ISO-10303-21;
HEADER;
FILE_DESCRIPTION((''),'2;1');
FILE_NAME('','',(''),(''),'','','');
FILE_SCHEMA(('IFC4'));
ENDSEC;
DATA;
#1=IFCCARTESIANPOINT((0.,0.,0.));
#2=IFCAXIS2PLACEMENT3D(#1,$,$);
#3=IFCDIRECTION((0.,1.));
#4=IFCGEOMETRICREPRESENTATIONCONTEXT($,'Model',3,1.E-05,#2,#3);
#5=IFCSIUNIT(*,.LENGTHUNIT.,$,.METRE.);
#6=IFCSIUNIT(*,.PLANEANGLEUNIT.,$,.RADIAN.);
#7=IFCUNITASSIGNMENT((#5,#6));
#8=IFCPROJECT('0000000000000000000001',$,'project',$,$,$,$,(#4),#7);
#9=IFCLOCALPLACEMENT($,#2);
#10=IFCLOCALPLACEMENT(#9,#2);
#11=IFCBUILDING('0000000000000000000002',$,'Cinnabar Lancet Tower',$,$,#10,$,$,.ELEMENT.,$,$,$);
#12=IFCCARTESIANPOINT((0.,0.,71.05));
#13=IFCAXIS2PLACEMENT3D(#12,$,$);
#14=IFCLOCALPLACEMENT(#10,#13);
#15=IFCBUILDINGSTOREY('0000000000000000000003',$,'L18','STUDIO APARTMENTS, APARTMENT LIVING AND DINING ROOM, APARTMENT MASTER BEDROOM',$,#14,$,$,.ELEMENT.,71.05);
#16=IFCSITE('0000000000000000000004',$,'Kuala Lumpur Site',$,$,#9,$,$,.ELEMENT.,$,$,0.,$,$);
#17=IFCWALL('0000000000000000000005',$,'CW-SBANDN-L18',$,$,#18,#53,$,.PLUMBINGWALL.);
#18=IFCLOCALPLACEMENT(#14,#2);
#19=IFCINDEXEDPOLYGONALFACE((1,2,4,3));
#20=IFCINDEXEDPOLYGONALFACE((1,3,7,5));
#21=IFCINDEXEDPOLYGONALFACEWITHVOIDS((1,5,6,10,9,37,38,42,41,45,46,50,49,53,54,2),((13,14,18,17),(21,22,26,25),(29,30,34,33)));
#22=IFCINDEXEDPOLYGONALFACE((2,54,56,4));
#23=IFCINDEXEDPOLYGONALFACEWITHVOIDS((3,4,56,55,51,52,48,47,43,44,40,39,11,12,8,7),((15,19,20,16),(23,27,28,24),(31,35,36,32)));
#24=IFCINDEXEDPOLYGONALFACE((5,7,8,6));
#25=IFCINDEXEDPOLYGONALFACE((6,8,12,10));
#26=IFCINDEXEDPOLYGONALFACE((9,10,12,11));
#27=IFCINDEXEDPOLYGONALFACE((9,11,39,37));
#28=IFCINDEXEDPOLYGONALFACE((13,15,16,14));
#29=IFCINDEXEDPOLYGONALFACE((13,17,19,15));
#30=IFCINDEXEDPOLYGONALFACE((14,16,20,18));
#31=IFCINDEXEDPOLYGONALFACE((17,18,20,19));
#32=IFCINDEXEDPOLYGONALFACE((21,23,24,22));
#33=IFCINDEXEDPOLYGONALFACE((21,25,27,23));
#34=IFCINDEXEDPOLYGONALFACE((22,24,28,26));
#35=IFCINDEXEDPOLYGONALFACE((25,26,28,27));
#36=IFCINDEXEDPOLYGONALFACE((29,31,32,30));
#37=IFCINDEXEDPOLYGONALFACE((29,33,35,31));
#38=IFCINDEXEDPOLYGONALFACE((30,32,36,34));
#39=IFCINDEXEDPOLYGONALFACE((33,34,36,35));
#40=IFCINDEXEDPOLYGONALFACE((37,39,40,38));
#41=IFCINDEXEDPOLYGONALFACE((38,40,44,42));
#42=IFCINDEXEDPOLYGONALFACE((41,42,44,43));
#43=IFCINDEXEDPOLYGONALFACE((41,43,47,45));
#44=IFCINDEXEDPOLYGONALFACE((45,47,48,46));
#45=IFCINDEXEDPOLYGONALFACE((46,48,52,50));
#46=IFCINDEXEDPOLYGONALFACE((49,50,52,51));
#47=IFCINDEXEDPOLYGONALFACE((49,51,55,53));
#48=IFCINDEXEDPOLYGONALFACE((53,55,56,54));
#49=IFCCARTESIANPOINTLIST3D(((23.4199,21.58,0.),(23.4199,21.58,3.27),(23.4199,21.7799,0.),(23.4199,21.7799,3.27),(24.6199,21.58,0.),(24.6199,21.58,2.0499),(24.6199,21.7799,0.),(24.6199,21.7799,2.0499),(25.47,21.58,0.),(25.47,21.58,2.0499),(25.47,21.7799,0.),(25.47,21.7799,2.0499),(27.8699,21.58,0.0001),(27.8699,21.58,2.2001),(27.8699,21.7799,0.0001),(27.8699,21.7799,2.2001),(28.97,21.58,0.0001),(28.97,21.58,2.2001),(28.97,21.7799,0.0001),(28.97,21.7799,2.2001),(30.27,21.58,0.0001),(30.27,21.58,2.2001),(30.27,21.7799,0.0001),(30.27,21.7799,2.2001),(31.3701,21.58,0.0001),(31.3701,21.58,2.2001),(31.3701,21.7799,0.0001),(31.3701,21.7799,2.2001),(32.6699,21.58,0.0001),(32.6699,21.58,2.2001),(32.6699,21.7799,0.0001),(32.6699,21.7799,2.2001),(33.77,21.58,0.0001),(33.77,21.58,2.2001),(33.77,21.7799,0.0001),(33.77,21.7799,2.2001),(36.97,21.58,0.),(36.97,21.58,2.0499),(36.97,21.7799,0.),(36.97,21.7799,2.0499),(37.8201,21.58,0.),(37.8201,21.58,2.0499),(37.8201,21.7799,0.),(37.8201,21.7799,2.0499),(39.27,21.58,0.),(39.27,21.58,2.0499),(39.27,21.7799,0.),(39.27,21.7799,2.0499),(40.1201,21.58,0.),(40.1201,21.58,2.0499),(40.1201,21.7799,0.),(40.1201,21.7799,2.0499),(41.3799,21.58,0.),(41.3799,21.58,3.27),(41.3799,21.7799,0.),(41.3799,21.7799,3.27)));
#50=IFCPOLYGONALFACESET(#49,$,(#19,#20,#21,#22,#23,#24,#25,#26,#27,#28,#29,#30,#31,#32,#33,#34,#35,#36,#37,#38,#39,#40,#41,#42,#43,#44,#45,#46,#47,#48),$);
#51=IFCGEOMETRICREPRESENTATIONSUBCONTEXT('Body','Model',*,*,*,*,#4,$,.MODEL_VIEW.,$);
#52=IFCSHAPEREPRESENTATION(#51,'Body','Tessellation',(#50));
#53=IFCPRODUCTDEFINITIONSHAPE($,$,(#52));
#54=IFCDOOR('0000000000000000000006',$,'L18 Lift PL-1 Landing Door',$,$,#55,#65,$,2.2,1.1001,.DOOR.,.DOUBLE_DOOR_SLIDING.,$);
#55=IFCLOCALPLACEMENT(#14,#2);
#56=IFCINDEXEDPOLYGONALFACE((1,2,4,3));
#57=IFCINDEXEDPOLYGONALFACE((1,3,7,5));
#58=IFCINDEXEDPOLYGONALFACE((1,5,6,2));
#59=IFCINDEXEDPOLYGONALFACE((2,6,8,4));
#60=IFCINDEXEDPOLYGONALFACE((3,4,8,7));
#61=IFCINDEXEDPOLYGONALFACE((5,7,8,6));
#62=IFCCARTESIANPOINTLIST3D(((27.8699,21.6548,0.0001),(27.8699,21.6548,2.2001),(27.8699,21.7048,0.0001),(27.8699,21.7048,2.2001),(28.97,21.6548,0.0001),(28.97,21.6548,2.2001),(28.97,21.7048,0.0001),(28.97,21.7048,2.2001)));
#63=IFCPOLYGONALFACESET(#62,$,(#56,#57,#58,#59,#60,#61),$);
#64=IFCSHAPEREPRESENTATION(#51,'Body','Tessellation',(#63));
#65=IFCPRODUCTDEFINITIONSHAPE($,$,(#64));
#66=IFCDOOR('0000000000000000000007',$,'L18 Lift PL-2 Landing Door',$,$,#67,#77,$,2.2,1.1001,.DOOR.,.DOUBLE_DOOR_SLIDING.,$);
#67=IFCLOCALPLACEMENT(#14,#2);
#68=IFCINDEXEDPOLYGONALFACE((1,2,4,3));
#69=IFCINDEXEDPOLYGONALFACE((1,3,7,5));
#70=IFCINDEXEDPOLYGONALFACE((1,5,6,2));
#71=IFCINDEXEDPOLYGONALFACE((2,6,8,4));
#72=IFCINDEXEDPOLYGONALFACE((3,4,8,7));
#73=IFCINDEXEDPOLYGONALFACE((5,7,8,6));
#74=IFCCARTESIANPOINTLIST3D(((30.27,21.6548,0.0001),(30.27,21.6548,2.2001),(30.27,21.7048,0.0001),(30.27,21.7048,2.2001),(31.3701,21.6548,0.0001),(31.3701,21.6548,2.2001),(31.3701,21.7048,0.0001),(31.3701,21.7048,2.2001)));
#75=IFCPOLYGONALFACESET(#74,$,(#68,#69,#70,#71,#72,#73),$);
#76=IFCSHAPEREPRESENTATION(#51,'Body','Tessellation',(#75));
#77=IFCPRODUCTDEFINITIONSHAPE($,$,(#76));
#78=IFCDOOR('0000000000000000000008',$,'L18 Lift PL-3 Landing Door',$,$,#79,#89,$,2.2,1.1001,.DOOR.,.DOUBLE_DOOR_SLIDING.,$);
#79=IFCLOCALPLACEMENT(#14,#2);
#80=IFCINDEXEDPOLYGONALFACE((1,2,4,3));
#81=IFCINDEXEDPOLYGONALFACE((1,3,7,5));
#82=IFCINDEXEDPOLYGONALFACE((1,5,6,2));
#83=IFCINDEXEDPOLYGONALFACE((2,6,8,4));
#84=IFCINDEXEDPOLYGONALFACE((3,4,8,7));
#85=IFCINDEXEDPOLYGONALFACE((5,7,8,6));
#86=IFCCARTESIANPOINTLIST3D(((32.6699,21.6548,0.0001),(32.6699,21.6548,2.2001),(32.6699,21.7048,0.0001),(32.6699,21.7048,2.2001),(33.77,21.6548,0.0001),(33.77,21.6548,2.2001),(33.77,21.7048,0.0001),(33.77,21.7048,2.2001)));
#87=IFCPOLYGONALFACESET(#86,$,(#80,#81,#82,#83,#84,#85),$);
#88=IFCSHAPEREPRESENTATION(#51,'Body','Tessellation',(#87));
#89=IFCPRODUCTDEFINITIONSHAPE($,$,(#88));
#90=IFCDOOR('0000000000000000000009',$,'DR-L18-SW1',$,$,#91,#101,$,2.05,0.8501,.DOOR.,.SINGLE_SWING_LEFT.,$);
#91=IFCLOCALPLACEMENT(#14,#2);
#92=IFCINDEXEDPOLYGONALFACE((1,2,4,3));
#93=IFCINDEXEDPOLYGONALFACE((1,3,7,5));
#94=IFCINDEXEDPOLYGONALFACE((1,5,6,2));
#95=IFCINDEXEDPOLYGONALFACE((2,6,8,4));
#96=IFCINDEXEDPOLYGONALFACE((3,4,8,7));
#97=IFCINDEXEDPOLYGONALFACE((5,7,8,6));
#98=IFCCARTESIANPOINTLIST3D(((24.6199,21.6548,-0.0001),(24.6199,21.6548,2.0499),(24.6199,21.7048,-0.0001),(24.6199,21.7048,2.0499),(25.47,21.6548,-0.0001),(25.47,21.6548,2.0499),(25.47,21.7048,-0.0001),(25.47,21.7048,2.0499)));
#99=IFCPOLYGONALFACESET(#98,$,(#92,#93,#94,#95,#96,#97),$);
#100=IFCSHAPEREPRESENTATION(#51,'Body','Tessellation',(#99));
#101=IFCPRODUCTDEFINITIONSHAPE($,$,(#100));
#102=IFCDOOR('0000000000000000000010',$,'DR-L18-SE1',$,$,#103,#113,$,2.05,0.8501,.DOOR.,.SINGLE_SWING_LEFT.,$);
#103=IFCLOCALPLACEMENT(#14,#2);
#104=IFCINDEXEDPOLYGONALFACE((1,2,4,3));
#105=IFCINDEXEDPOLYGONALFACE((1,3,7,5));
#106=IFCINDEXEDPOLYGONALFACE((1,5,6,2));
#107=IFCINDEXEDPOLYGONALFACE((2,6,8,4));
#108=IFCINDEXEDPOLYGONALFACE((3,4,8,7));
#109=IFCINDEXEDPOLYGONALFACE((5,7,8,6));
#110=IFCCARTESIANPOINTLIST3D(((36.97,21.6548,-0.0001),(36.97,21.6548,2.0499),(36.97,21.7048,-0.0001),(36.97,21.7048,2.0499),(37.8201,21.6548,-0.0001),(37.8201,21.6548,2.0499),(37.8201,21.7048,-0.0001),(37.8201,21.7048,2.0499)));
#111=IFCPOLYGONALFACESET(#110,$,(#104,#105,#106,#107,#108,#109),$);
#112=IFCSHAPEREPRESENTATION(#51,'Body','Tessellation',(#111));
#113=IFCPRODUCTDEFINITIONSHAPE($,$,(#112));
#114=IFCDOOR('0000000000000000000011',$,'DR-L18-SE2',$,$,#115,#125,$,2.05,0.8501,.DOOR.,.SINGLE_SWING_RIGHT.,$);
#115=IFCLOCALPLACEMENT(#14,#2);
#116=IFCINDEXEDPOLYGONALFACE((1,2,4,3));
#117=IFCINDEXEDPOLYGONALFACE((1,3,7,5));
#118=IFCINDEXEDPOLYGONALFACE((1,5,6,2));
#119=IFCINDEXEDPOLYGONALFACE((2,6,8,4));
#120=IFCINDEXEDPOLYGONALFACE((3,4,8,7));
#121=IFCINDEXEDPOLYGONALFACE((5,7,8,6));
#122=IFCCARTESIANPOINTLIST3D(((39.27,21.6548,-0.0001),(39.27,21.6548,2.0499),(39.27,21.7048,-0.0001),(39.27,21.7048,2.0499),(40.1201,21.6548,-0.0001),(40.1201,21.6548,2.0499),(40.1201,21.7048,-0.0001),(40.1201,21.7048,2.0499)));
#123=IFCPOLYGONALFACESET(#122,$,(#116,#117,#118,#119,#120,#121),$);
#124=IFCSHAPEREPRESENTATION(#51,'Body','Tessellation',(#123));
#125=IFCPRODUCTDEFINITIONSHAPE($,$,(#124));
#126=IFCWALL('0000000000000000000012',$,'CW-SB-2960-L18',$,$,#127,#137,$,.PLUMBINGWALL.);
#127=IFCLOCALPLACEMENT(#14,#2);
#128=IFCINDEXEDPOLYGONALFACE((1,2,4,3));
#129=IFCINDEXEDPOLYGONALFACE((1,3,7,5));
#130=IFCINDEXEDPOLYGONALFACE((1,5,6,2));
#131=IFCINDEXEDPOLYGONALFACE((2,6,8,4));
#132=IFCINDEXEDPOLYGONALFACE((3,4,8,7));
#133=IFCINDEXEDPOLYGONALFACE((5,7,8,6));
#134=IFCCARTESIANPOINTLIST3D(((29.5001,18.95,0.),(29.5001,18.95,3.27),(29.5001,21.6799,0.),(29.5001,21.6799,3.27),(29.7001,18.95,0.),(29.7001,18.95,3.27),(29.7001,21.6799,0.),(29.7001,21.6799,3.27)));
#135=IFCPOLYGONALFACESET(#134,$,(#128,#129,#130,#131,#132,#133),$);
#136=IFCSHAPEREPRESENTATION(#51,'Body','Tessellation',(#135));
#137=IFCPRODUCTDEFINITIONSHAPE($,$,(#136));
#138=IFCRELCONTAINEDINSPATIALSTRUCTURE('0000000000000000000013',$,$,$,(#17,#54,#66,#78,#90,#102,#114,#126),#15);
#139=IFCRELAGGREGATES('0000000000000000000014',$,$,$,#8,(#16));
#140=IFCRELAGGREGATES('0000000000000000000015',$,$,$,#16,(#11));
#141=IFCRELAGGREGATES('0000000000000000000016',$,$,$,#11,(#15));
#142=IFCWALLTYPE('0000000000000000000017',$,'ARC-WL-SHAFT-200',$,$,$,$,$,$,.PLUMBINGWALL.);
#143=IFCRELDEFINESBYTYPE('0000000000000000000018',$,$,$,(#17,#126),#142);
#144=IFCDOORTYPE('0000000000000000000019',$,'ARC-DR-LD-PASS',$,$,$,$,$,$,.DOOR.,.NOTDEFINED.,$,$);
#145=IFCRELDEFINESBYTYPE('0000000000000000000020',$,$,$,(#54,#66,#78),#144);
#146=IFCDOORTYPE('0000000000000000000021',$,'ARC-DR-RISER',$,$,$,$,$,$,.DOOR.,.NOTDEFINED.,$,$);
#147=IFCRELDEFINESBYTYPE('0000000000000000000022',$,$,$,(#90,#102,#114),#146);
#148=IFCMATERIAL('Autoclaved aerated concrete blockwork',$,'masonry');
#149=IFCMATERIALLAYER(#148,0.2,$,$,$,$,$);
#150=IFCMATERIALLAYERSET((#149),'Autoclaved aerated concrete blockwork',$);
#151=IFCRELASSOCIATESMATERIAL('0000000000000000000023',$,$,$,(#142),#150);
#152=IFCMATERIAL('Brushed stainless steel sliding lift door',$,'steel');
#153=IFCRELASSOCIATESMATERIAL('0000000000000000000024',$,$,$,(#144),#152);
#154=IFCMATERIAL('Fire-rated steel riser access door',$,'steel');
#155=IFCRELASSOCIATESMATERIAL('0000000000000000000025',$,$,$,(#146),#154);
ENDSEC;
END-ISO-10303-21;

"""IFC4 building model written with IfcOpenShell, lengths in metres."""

from ifc_helpers import new_model, si_unit, direction, frame, frame_2d, origin, place, context, subcontext, project, spatial, rectangle, extrude, material, layer, layer_set, type_object, element, fill, save


model = new_model("IFC4")

# Units and contexts
model_context = context("Model", 3, precision=1e-05, world=origin(), true_north=direction((0.0, 1.0)))
body_context = subcontext(model_context, "Body", "Model", "MODEL_VIEW")
ifc_project = project(units=[si_unit("LENGTHUNIT", "METRE"), si_unit("PLANEANGLEUNIT", "RADIAN")], contexts=[model_context])

# Site, building, storey
site_placement = place(None, origin())
site = spatial("IfcSite", under=ifc_project, at=site_placement, Name="Kuala Lumpur Site", CompositionType="ELEMENT", RefElevation=0.0)
building_placement = place(site_placement, origin())
building = spatial("IfcBuilding", under=site, at=building_placement, Name="Cinnabar Lancet Tower", CompositionType="ELEMENT")
storey_placement = place(building_placement, frame((0.0, 0.0, 71.05)))
storey = spatial("IfcBuildingStorey", under=building, at=storey_placement, Name="L18", Description="STUDIO APARTMENTS, APARTMENT LIVING AND DINING ROOM, APARTMENT MASTER BEDROOM", CompositionType="ELEMENT", Elevation=71.05)

# Shared definitions
ifc_material_1 = material(Name="Autoclaved aerated concrete blockwork", Category="masonry")
ifc_layer_1 = layer(ifc_material_1, 0.2)
ifc_layer_set_1 = layer_set([ifc_layer_1], Name="Autoclaved aerated concrete blockwork")
wall_type_1 = type_object("IfcWallType", Name="ARC-WL-SHAFT-200", PredefinedType="PLUMBINGWALL", material=ifc_layer_set_1)

# Wall, openings, doors
wall_1_placement = place(storey_placement, frame((23.4199, 21.6799, 0.0), z_axis=(0.0, 0.0, 1.0), x_axis=(1.0, 0.0, 0.0)))
wall_1 = element("IfcWall", 1, at=wall_1_placement, inside=storey, type_object=wall_type_1, Name="CW-SBANDN-L18", PredefinedType="PLUMBINGWALL", context=body_context, shape_type="SweptSolid", body=[
    extrude(rectangle(XDim=17.96, YDim=0.2, at=frame_2d((8.98, 0.0))), origin(), (0.0, 0.0, 1.0), 3.27),
])
opening_1_placement = place(wall_1_placement, frame((4.45, 0.0, 0.0)))
opening_1 = element("IfcOpeningElement", 2, at=opening_1_placement, cuts=wall_1, PredefinedType="OPENING", context=body_context, shape_type="SweptSolid", body=[
    extrude(rectangle(XDim=1.1001, YDim=2.2, at=frame_2d((0.55, 1.1001))), frame((0.0, 0.1099, 0.0), z_axis=(0.0, -1.0, 0.0), x_axis=(1.0, 0.0, 0.0)), (0.0, 0.0, 1.0), 0.22),
])
opening_2_placement = place(wall_1_placement, frame((6.8501, 0.0, 0.0)))
opening_2 = element("IfcOpeningElement", 3, at=opening_2_placement, cuts=wall_1, PredefinedType="OPENING", context=body_context, shape_type="SweptSolid", body=[
    extrude(rectangle(XDim=1.1001, YDim=2.2, at=frame_2d((0.55, 1.1001))), frame((0.0, 0.1099, 0.0), z_axis=(0.0, -1.0, 0.0), x_axis=(1.0, 0.0, 0.0)), (0.0, 0.0, 1.0), 0.22),
])
opening_3_placement = place(wall_1_placement, frame((9.25, 0.0, 0.0)))
opening_3 = element("IfcOpeningElement", 4, at=opening_3_placement, cuts=wall_1, PredefinedType="OPENING", context=body_context, shape_type="SweptSolid", body=[
    extrude(rectangle(XDim=1.1001, YDim=2.2, at=frame_2d((0.55, 1.1001))), frame((0.0, 0.1099, 0.0), z_axis=(0.0, -1.0, 0.0), x_axis=(1.0, 0.0, 0.0)), (0.0, 0.0, 1.0), 0.22),
])
opening_4_placement = place(wall_1_placement, frame((1.2, 0.0, 0.0)))
opening_4 = element("IfcOpeningElement", 5, at=opening_4_placement, cuts=wall_1, PredefinedType="OPENING", context=body_context, shape_type="SweptSolid", body=[
    extrude(rectangle(XDim=0.8501, YDim=2.05, at=frame_2d((0.425, 1.0249))), frame((0.0, 0.1099, 0.0), z_axis=(0.0, -1.0, 0.0), x_axis=(1.0, 0.0, 0.0)), (0.0, 0.0, 1.0), 0.22),
])
opening_5_placement = place(wall_1_placement, frame((13.55, 0.0, 0.0)))
opening_5 = element("IfcOpeningElement", 6, at=opening_5_placement, cuts=wall_1, PredefinedType="OPENING", context=body_context, shape_type="SweptSolid", body=[
    extrude(rectangle(XDim=0.8501, YDim=2.05, at=frame_2d((0.425, 1.0249))), frame((0.0, 0.1099, 0.0), z_axis=(0.0, -1.0, 0.0), x_axis=(1.0, 0.0, 0.0)), (0.0, 0.0, 1.0), 0.22),
])
opening_6_placement = place(wall_1_placement, frame((15.8501, 0.0, 0.0)))
opening_6 = element("IfcOpeningElement", 7, at=opening_6_placement, cuts=wall_1, PredefinedType="OPENING", context=body_context, shape_type="SweptSolid", body=[
    extrude(rectangle(XDim=0.8501, YDim=2.05, at=frame_2d((0.425, 1.0249))), frame((0.0, 0.1099, 0.0), z_axis=(0.0, -1.0, 0.0), x_axis=(1.0, 0.0, 0.0)), (0.0, 0.0, 1.0), 0.22),
])
ifc_material_2 = material(Name="Brushed stainless steel sliding lift door", Category="steel")
door_type_1 = type_object("IfcDoorType", Name="ARC-DR-LD-PASS", OperationType="NOTDEFINED", PredefinedType="DOOR", material=ifc_material_2)
door_1_placement = place(opening_1_placement, origin())
door_1 = element("IfcDoor", 8, at=door_1_placement, inside=storey, type_object=door_type_1, Name="L18 Lift PL-1 Landing Door", OperationType="DOUBLE_DOOR_SLIDING", OverallHeight=2.2, OverallWidth=1.1001, PredefinedType="DOOR", context=body_context, shape_type="SweptSolid", body=[
    extrude(rectangle(XDim=1.1001, YDim=2.2, at=frame_2d((0.55, 1.1001))), frame((0.0, 0.0249, 0.0), z_axis=(0.0, -1.0, 0.0), x_axis=(1.0, 0.0, 0.0)), (0.0, 0.0, 1.0), 0.05),
])
fill(opening_1, door_1)
door_2_placement = place(opening_2_placement, origin())
door_2 = element("IfcDoor", 9, at=door_2_placement, inside=storey, type_object=door_type_1, Name="L18 Lift PL-2 Landing Door", OperationType="DOUBLE_DOOR_SLIDING", OverallHeight=2.2, OverallWidth=1.1001, PredefinedType="DOOR", context=body_context, shape_type="SweptSolid", body=[
    extrude(rectangle(XDim=1.1001, YDim=2.2, at=frame_2d((0.55, 1.1001))), frame((0.0, 0.0249, 0.0), z_axis=(0.0, -1.0, 0.0), x_axis=(1.0, 0.0, 0.0)), (0.0, 0.0, 1.0), 0.05),
])
fill(opening_2, door_2)
door_3_placement = place(opening_3_placement, origin())
door_3 = element("IfcDoor", 10, at=door_3_placement, inside=storey, type_object=door_type_1, Name="L18 Lift PL-3 Landing Door", OperationType="DOUBLE_DOOR_SLIDING", OverallHeight=2.2, OverallWidth=1.1001, PredefinedType="DOOR", context=body_context, shape_type="SweptSolid", body=[
    extrude(rectangle(XDim=1.1001, YDim=2.2, at=frame_2d((0.55, 1.1001))), frame((0.0, 0.0249, 0.0), z_axis=(0.0, -1.0, 0.0), x_axis=(1.0, 0.0, 0.0)), (0.0, 0.0, 1.0), 0.05),
])
fill(opening_3, door_3)
ifc_material_3 = material(Name="Fire-rated steel riser access door", Category="steel")
door_type_2 = type_object("IfcDoorType", Name="ARC-DR-RISER", OperationType="NOTDEFINED", PredefinedType="DOOR", material=ifc_material_3)
door_4_placement = place(opening_4_placement, origin())
door_4 = element("IfcDoor", 11, at=door_4_placement, inside=storey, type_object=door_type_2, Name="DR-L18-SW1", OperationType="SINGLE_SWING_LEFT", OverallHeight=2.05, OverallWidth=0.8501, PredefinedType="DOOR", context=body_context, shape_type="SweptSolid", body=[
    extrude(rectangle(XDim=0.8501, YDim=2.05, at=frame_2d((0.425, 1.0249))), frame((0.0, 0.0249, 0.0), z_axis=(0.0, -1.0, 0.0), x_axis=(1.0, 0.0, 0.0)), (0.0, 0.0, 1.0), 0.05),
])
fill(opening_4, door_4)
door_5_placement = place(opening_5_placement, origin())
door_5 = element("IfcDoor", 12, at=door_5_placement, inside=storey, type_object=door_type_2, Name="DR-L18-SE1", OperationType="SINGLE_SWING_LEFT", OverallHeight=2.05, OverallWidth=0.8501, PredefinedType="DOOR", context=body_context, shape_type="SweptSolid", body=[
    extrude(rectangle(XDim=0.8501, YDim=2.05, at=frame_2d((0.425, 1.0249))), frame((0.0, 0.0249, 0.0), z_axis=(0.0, -1.0, 0.0), x_axis=(1.0, 0.0, 0.0)), (0.0, 0.0, 1.0), 0.05),
])
fill(opening_5, door_5)
door_6_placement = place(opening_6_placement, origin())
door_6 = element("IfcDoor", 13, at=door_6_placement, inside=storey, type_object=door_type_2, Name="DR-L18-SE2", OperationType="SINGLE_SWING_RIGHT", OverallHeight=2.05, OverallWidth=0.8501, PredefinedType="DOOR", context=body_context, shape_type="SweptSolid", body=[
    extrude(rectangle(XDim=0.8501, YDim=2.05, at=frame_2d((0.425, 1.0249))), frame((0.0, 0.0249, 0.0), z_axis=(0.0, -1.0, 0.0), x_axis=(1.0, 0.0, 0.0)), (0.0, 0.0, 1.0), 0.05),
])
fill(opening_6, door_6)

# Wall
wall_2_placement = place(storey_placement, frame((29.6001, 18.95, 0.0), z_axis=(0.0, 0.0, 1.0), x_axis=(0.0, 1.0, 0.0)))
element("IfcWall", 14, at=wall_2_placement, inside=storey, type_object=wall_type_1, Name="CW-SB-2960-L18", PredefinedType="PLUMBINGWALL", context=body_context, shape_type="SweptSolid", body=[
    extrude(rectangle(XDim=2.73, YDim=0.2, at=frame_2d((1.365, 0.0))), origin(), (0.0, 0.0, 1.0), 3.27),
])

save(model, "model.ifc")
